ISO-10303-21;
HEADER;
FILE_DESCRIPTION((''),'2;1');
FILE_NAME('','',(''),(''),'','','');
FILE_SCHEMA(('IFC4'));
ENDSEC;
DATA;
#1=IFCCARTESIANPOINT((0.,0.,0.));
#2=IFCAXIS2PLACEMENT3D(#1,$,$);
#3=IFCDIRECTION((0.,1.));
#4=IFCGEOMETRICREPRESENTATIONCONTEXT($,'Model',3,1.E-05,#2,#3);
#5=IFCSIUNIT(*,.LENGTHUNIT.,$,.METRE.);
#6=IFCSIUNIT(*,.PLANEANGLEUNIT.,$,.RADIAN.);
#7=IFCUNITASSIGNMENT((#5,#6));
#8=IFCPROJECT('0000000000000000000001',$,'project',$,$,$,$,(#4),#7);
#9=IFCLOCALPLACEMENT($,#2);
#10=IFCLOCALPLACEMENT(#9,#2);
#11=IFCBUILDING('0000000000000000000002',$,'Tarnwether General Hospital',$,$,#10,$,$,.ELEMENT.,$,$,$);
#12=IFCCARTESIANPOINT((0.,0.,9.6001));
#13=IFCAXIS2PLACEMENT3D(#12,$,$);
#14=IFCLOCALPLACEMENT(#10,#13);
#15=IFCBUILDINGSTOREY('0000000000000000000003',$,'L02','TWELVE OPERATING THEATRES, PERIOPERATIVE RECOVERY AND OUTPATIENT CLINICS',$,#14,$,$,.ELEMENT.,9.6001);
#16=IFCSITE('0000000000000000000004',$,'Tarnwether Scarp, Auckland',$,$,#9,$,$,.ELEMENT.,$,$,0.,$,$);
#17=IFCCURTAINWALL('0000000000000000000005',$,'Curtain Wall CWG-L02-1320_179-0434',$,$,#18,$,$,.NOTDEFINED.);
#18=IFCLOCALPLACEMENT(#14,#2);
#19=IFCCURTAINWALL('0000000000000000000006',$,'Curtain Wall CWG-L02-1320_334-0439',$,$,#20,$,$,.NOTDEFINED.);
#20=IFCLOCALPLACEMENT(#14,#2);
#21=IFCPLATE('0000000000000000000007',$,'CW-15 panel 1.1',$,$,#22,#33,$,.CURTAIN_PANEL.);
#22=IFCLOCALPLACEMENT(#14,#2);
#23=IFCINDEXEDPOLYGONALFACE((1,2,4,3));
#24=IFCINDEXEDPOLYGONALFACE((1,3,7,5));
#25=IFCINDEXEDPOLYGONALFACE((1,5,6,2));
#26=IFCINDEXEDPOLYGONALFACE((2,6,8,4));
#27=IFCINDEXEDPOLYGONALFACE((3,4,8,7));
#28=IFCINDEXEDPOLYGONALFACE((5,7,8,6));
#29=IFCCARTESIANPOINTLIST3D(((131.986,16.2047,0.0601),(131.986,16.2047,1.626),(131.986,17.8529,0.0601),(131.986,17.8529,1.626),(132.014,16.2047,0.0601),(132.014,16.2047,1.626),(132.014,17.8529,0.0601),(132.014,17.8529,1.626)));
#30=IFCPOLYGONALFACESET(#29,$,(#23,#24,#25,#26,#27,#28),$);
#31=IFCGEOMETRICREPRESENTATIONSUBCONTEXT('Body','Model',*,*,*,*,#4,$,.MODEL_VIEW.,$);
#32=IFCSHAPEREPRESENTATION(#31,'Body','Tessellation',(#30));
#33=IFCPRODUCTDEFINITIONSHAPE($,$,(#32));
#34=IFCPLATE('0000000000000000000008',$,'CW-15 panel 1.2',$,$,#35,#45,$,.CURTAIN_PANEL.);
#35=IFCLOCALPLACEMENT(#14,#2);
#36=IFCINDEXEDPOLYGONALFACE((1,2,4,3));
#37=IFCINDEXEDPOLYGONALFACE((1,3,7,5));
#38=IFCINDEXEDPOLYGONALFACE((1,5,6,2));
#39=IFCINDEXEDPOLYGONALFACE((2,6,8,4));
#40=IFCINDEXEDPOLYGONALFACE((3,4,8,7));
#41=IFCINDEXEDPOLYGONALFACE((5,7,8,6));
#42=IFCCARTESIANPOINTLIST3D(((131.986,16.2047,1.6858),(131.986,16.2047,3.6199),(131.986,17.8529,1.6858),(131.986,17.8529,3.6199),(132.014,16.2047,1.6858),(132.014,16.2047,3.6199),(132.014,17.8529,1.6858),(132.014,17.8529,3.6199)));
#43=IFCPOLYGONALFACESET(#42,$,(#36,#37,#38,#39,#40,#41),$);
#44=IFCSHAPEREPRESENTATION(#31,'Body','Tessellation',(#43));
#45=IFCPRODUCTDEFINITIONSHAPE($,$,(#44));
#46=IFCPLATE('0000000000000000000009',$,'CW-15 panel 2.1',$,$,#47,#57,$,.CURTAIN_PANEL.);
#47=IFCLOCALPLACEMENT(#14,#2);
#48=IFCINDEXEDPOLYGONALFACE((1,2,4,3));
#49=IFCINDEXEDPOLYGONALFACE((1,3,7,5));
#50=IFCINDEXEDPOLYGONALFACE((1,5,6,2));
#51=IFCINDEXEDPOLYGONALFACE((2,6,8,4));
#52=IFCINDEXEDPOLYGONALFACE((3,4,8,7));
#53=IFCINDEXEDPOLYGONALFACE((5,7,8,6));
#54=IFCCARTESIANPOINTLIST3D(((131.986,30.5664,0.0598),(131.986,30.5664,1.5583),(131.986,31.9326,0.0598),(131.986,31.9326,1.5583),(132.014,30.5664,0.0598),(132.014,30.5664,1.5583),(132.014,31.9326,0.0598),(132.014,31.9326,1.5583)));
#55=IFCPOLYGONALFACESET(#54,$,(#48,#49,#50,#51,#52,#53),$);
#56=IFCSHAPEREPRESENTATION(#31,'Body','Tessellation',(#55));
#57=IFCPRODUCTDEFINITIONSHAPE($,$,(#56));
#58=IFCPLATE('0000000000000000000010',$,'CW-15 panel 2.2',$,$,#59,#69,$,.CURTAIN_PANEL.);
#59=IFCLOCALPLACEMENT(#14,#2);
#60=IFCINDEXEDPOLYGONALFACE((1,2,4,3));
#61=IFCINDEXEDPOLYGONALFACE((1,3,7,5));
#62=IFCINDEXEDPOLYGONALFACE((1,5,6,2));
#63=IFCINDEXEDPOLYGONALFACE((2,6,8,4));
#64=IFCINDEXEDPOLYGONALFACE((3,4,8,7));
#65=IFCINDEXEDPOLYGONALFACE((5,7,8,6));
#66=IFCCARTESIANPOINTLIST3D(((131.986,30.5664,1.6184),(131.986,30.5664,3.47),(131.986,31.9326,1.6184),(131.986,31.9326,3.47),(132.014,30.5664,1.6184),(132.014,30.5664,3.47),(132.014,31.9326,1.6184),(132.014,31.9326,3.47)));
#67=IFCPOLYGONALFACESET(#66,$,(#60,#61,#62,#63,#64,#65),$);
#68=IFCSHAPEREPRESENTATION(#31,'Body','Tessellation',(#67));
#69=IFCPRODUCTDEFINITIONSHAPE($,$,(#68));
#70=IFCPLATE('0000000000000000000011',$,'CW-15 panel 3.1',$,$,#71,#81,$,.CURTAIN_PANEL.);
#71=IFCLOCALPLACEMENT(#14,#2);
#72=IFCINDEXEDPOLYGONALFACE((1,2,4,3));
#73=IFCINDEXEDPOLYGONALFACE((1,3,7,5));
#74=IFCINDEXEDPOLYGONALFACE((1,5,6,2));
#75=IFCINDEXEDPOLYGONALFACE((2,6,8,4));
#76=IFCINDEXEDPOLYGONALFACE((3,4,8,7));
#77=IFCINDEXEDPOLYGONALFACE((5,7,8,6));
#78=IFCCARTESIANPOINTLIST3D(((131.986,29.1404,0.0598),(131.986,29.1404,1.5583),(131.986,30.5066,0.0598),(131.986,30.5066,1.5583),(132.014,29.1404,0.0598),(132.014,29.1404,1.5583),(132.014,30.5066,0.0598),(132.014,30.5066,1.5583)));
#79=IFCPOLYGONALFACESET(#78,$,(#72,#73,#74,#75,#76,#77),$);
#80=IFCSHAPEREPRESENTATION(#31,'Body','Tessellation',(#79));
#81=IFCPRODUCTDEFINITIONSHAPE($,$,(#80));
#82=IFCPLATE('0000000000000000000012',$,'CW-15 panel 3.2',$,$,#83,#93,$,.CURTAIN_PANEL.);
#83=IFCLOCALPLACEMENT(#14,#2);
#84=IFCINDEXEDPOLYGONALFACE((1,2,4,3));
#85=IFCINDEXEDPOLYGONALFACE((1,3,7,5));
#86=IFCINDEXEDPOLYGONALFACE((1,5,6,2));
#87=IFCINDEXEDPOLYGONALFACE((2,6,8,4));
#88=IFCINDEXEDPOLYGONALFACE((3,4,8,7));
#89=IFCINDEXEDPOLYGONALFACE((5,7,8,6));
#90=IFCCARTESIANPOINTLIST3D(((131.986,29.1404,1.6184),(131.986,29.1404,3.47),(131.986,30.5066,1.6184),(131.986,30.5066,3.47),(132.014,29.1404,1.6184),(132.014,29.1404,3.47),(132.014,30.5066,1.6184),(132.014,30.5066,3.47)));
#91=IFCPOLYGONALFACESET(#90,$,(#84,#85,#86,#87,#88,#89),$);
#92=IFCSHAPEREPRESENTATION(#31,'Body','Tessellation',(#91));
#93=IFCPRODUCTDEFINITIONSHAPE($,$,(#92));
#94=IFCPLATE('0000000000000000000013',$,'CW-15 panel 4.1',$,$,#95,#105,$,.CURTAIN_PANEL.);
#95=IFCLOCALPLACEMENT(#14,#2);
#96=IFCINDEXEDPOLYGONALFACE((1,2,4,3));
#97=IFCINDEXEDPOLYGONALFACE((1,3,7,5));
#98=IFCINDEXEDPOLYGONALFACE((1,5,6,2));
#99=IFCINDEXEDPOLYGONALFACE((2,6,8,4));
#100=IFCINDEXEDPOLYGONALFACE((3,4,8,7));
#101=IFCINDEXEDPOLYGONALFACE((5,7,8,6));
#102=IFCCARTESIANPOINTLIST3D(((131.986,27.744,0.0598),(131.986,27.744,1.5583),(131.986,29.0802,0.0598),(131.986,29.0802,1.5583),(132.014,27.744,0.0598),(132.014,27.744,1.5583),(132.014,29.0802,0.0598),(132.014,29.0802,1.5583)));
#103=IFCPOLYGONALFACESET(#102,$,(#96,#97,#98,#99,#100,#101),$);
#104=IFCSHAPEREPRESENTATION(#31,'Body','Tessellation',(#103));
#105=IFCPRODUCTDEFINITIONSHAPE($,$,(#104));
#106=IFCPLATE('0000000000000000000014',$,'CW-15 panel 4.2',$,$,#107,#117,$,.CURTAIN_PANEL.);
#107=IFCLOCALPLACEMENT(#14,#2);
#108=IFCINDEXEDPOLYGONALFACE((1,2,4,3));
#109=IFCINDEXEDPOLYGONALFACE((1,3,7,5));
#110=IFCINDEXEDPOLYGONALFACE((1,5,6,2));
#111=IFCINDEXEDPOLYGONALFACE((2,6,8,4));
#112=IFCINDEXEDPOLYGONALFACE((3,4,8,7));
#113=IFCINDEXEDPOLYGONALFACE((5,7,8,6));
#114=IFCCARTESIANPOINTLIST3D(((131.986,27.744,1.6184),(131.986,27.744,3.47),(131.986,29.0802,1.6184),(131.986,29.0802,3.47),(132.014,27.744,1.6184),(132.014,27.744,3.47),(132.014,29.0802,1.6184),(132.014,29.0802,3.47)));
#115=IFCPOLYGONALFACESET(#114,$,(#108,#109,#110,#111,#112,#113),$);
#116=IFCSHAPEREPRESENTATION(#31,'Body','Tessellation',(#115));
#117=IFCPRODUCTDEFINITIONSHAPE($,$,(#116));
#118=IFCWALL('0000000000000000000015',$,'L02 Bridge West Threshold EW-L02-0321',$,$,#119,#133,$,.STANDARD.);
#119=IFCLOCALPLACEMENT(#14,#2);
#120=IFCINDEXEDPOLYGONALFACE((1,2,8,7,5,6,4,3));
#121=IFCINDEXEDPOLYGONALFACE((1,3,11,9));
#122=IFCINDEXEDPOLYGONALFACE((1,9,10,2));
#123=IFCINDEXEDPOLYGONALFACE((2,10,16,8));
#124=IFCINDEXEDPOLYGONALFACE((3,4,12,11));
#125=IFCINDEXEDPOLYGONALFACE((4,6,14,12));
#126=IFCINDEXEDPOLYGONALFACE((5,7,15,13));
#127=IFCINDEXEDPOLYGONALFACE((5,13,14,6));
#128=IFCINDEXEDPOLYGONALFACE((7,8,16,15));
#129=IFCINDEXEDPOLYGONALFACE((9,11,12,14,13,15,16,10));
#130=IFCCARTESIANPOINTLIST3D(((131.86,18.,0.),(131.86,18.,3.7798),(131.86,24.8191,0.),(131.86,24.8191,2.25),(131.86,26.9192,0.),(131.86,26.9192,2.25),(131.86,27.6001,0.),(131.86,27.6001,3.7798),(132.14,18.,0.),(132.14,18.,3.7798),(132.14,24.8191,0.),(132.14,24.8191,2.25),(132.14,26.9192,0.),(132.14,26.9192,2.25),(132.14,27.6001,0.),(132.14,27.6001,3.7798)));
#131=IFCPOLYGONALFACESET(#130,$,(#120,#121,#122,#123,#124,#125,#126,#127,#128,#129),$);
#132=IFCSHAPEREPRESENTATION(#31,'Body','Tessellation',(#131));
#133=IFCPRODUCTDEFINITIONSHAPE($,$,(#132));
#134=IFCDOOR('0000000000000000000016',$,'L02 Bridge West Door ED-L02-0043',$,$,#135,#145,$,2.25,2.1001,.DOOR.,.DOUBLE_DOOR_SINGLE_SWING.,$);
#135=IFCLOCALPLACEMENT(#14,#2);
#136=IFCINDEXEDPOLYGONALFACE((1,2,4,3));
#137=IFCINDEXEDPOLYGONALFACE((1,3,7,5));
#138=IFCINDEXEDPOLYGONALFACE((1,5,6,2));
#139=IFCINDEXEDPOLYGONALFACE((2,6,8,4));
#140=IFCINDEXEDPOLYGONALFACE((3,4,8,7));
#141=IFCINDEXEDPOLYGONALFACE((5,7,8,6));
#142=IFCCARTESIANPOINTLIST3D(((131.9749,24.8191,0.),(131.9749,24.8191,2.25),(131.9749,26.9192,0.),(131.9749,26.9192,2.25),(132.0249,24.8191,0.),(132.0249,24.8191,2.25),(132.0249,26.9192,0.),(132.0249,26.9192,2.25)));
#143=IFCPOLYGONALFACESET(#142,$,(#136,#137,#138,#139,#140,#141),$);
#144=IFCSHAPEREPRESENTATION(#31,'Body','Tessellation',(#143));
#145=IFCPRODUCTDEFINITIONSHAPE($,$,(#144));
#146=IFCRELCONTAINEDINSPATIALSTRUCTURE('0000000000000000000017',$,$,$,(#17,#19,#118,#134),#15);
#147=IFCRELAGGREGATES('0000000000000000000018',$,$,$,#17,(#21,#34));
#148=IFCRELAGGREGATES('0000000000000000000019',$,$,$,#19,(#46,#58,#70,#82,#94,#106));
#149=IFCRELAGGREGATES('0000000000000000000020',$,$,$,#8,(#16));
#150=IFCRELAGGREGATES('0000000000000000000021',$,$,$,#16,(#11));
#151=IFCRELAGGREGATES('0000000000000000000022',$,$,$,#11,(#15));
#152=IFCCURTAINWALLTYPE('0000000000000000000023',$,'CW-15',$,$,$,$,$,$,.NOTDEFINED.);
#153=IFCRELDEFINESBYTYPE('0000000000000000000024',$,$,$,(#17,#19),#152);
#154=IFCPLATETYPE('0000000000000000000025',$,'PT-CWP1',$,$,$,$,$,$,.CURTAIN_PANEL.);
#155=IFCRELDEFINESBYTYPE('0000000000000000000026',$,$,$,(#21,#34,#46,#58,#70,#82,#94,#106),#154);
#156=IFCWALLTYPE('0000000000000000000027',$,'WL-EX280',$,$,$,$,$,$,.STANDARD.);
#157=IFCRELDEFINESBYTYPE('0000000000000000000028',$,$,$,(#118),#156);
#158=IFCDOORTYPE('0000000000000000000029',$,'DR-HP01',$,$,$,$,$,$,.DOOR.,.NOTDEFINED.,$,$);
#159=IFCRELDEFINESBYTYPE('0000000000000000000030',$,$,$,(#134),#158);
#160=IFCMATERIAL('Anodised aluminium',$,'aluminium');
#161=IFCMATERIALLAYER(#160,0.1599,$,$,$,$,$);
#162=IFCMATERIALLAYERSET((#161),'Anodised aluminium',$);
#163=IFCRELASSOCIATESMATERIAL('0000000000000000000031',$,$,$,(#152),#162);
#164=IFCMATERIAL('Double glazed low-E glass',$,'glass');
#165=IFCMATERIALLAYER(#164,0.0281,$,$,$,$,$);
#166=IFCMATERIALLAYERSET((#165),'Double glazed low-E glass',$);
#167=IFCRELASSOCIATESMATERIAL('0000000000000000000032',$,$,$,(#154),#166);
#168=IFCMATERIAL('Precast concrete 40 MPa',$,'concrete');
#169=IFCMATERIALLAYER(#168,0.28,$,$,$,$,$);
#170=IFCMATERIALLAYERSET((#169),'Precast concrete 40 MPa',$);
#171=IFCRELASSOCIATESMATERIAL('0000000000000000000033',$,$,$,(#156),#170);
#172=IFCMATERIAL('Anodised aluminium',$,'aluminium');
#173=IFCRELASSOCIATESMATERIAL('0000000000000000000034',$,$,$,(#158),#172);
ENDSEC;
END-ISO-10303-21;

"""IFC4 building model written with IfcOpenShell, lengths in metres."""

from ifc_helpers import new_model, si_unit, direction, frame, frame_2d, origin, origin_2d, place, context, subcontext, project, spatial, rectangle, extrude, material, layer, layer_set, type_object, element, fill, aggregate, save


model = new_model("IFC4")

# Units and contexts
model_context = context("Model", 3, precision=1e-05, world=origin(), true_north=direction((0.0, 1.0)))
body_context = subcontext(model_context, "Body", "Model", "MODEL_VIEW")
ifc_project = project(units=[si_unit("LENGTHUNIT", "METRE"), si_unit("PLANEANGLEUNIT", "RADIAN")], contexts=[model_context])

# Site, building, storey
site_placement = place(None, origin())
site = spatial("IfcSite", under=ifc_project, at=site_placement, Name="Tarnwether Scarp, Auckland", CompositionType="ELEMENT", RefElevation=0.0)
building_placement = place(site_placement, origin())
building = spatial("IfcBuilding", under=site, at=building_placement, Name="Tarnwether General Hospital", CompositionType="ELEMENT")
storey_placement = place(building_placement, frame((0.0, 0.0, 9.6001)))
storey = spatial("IfcBuildingStorey", under=building, at=storey_placement, Name="L02", Description="TWELVE OPERATING THEATRES, PERIOPERATIVE RECOVERY AND OUTPATIENT CLINICS", CompositionType="ELEMENT", Elevation=9.6001)

# Curtain walls
ifc_material_1 = material(Name="Anodised aluminium", Category="aluminium")
ifc_layer_1 = layer(ifc_material_1, 0.1599)
ifc_layer_set_1 = layer_set([ifc_layer_1], Name="Anodised aluminium")
curtain_wall_type = type_object("IfcCurtainWallType", Name="CW-15", PredefinedType="NOTDEFINED", material=ifc_layer_set_1)
curtain_wall_1_placement = place(storey_placement, origin())
curtain_wall_1 = element("IfcCurtainWall", 1, at=curtain_wall_1_placement, inside=storey, type_object=curtain_wall_type, Name="Curtain Wall CWG-L02-1320_179-0434", PredefinedType="NOTDEFINED")
curtain_wall_2_placement = place(storey_placement, origin())
curtain_wall_2 = element("IfcCurtainWall", 2, at=curtain_wall_2_placement, inside=storey, type_object=curtain_wall_type, Name="Curtain Wall CWG-L02-1320_334-0439", PredefinedType="NOTDEFINED")

# Plates
ifc_material_2 = material(Name="Double glazed low-E glass", Category="glass")
ifc_layer_2 = layer(ifc_material_2, 0.0281)
ifc_layer_set_2 = layer_set([ifc_layer_2], Name="Double glazed low-E glass")
plate_type = type_object("IfcPlateType", Name="PT-CWP1", PredefinedType="CURTAIN_PANEL", material=ifc_layer_set_2)
plate_1_placement = place(storey_placement, frame((132.0, 17.0288, 0.0601), z_axis=(0.0, 0.0, 1.0), x_axis=(0.0, -1.0, 0.0)))
plate_1 = element("IfcPlate", 3, at=plate_1_placement, type_object=plate_type, Name="CW-15 panel 1.1", PredefinedType="CURTAIN_PANEL", context=body_context, shape_type="SweptSolid", body=[
    extrude(rectangle(XDim=1.6482, YDim=0.0281, at=origin_2d()), origin(), (0.0, 0.0, 1.0), 1.5659),
])
plate_2_placement = place(storey_placement, frame((132.0, 17.0288, 1.6858), z_axis=(0.0, 0.0, 1.0), x_axis=(0.0, -1.0, 0.0)))
plate_2 = element("IfcPlate", 4, at=plate_2_placement, type_object=plate_type, Name="CW-15 panel 1.2", PredefinedType="CURTAIN_PANEL", context=body_context, shape_type="SweptSolid", body=[
    extrude(rectangle(XDim=1.6482, YDim=0.0281, at=origin_2d()), origin(), (0.0, 0.0, 1.0), 1.9341),
])
aggregate(curtain_wall_1, [plate_1, plate_2])
plate_3_placement = place(storey_placement, frame((132.0, 31.2495, 0.0598), z_axis=(0.0, 0.0, 1.0), x_axis=(0.0, -1.0, 0.0)))
plate_3 = element("IfcPlate", 5, at=plate_3_placement, type_object=plate_type, Name="CW-15 panel 2.1", PredefinedType="CURTAIN_PANEL", context=body_context, shape_type="SweptSolid", body=[
    extrude(rectangle(XDim=1.3662, YDim=0.0281, at=origin_2d()), origin(), (0.0, 0.0, 1.0), 1.4985),
])
plate_4_placement = place(storey_placement, frame((132.0, 31.2495, 1.6184), z_axis=(0.0, 0.0, 1.0), x_axis=(0.0, -1.0, 0.0)))
plate_4 = element("IfcPlate", 6, at=plate_4_placement, type_object=plate_type, Name="CW-15 panel 2.2", PredefinedType="CURTAIN_PANEL", context=body_context, shape_type="SweptSolid", body=[
    extrude(rectangle(XDim=1.3662, YDim=0.0281, at=origin_2d()), origin(), (0.0, 0.0, 1.0), 1.8516),
])
plate_5_placement = place(storey_placement, frame((132.0, 29.8235, 0.0598), z_axis=(0.0, 0.0, 1.0), x_axis=(0.0, -1.0, 0.0)))
plate_5 = element("IfcPlate", 7, at=plate_5_placement, type_object=plate_type, Name="CW-15 panel 3.1", PredefinedType="CURTAIN_PANEL", context=body_context, shape_type="SweptSolid", body=[
    extrude(rectangle(XDim=1.3662, YDim=0.0281, at=origin_2d()), origin(), (0.0, 0.0, 1.0), 1.4985),
])
plate_6_placement = place(storey_placement, frame((132.0, 29.8235, 1.6184), z_axis=(0.0, 0.0, 1.0), x_axis=(0.0, -1.0, 0.0)))
plate_6 = element("IfcPlate", 8, at=plate_6_placement, type_object=plate_type, Name="CW-15 panel 3.2", PredefinedType="CURTAIN_PANEL", context=body_context, shape_type="SweptSolid", body=[
    extrude(rectangle(XDim=1.3662, YDim=0.0281, at=origin_2d()), origin(), (0.0, 0.0, 1.0), 1.8516),
])
plate_7_placement = place(storey_placement, frame((132.0, 28.4121, 0.0598), z_axis=(0.0, 0.0, 1.0), x_axis=(0.0, -1.0, 0.0)))
plate_7 = element("IfcPlate", 9, at=plate_7_placement, type_object=plate_type, Name="CW-15 panel 4.1", PredefinedType="CURTAIN_PANEL", context=body_context, shape_type="SweptSolid", body=[
    extrude(rectangle(XDim=1.3362, YDim=0.0281, at=origin_2d()), origin(), (0.0, 0.0, 1.0), 1.4985),
])
plate_8_placement = place(storey_placement, frame((132.0, 28.4121, 1.6184), z_axis=(0.0, 0.0, 1.0), x_axis=(0.0, -1.0, 0.0)))
plate_8 = element("IfcPlate", 10, at=plate_8_placement, type_object=plate_type, Name="CW-15 panel 4.2", PredefinedType="CURTAIN_PANEL", context=body_context, shape_type="SweptSolid", body=[
    extrude(rectangle(XDim=1.3362, YDim=0.0281, at=origin_2d()), origin(), (0.0, 0.0, 1.0), 1.8516),
])
aggregate(curtain_wall_2, [plate_3, plate_4, plate_5, plate_6, plate_7, plate_8])

# Wall, opening, door
ifc_material_3 = material(Name="Precast concrete 40 MPa", Category="concrete")
ifc_layer_3 = layer(ifc_material_3, 0.28)
ifc_layer_set_3 = layer_set([ifc_layer_3], Name="Precast concrete 40 MPa")
wall_type = type_object("IfcWallType", Name="WL-EX280", PredefinedType="STANDARD", material=ifc_layer_set_3)
wall_placement = place(storey_placement, frame((132.0, 27.6001, 0.0), z_axis=(0.0, 0.0, 1.0), x_axis=(0.0, -1.0, 0.0)))
wall = element("IfcWall", 11, at=wall_placement, inside=storey, type_object=wall_type, Name="L02 Bridge West Threshold EW-L02-0321", PredefinedType="STANDARD", context=body_context, shape_type="SweptSolid", body=[
    extrude(rectangle(XDim=9.6001, YDim=0.28, at=frame_2d((4.8, 0.0))), origin(), (0.0, 0.0, 1.0), 3.7798),
])
opening_placement = place(wall_placement, frame((0.6809, 0.0, 0.0)))
opening = element("IfcOpeningElement", 12, at=opening_placement, cuts=wall, PredefinedType="OPENING", context=body_context, shape_type="SweptSolid", body=[
    extrude(rectangle(XDim=2.1001, YDim=2.25, at=frame_2d((1.05, 1.125))), frame((0.0, 0.1499, 0.0), z_axis=(0.0, -1.0, 0.0), x_axis=(1.0, 0.0, 0.0)), (0.0, 0.0, 1.0), 0.3),
])
ifc_material_4 = material(Name="Anodised aluminium", Category="aluminium")
door_type = type_object("IfcDoorType", Name="DR-HP01", OperationType="NOTDEFINED", PredefinedType="DOOR", material=ifc_material_4)
door_placement = place(opening_placement, origin())
door = element("IfcDoor", 13, at=door_placement, inside=storey, type_object=door_type, Name="L02 Bridge West Door ED-L02-0043", OperationType="DOUBLE_DOOR_SINGLE_SWING", OverallHeight=2.25, OverallWidth=2.1001, PredefinedType="DOOR", context=body_context, shape_type="SweptSolid", body=[
    extrude(rectangle(XDim=2.1001, YDim=2.25, at=frame_2d((1.05, 1.125))), frame((0.0, 0.0249, 0.0), z_axis=(0.0, -1.0, 0.0), x_axis=(1.0, 0.0, 0.0)), (0.0, 0.0, 1.0), 0.05),
])
fill(opening, door)

save(model, "model.ifc")
